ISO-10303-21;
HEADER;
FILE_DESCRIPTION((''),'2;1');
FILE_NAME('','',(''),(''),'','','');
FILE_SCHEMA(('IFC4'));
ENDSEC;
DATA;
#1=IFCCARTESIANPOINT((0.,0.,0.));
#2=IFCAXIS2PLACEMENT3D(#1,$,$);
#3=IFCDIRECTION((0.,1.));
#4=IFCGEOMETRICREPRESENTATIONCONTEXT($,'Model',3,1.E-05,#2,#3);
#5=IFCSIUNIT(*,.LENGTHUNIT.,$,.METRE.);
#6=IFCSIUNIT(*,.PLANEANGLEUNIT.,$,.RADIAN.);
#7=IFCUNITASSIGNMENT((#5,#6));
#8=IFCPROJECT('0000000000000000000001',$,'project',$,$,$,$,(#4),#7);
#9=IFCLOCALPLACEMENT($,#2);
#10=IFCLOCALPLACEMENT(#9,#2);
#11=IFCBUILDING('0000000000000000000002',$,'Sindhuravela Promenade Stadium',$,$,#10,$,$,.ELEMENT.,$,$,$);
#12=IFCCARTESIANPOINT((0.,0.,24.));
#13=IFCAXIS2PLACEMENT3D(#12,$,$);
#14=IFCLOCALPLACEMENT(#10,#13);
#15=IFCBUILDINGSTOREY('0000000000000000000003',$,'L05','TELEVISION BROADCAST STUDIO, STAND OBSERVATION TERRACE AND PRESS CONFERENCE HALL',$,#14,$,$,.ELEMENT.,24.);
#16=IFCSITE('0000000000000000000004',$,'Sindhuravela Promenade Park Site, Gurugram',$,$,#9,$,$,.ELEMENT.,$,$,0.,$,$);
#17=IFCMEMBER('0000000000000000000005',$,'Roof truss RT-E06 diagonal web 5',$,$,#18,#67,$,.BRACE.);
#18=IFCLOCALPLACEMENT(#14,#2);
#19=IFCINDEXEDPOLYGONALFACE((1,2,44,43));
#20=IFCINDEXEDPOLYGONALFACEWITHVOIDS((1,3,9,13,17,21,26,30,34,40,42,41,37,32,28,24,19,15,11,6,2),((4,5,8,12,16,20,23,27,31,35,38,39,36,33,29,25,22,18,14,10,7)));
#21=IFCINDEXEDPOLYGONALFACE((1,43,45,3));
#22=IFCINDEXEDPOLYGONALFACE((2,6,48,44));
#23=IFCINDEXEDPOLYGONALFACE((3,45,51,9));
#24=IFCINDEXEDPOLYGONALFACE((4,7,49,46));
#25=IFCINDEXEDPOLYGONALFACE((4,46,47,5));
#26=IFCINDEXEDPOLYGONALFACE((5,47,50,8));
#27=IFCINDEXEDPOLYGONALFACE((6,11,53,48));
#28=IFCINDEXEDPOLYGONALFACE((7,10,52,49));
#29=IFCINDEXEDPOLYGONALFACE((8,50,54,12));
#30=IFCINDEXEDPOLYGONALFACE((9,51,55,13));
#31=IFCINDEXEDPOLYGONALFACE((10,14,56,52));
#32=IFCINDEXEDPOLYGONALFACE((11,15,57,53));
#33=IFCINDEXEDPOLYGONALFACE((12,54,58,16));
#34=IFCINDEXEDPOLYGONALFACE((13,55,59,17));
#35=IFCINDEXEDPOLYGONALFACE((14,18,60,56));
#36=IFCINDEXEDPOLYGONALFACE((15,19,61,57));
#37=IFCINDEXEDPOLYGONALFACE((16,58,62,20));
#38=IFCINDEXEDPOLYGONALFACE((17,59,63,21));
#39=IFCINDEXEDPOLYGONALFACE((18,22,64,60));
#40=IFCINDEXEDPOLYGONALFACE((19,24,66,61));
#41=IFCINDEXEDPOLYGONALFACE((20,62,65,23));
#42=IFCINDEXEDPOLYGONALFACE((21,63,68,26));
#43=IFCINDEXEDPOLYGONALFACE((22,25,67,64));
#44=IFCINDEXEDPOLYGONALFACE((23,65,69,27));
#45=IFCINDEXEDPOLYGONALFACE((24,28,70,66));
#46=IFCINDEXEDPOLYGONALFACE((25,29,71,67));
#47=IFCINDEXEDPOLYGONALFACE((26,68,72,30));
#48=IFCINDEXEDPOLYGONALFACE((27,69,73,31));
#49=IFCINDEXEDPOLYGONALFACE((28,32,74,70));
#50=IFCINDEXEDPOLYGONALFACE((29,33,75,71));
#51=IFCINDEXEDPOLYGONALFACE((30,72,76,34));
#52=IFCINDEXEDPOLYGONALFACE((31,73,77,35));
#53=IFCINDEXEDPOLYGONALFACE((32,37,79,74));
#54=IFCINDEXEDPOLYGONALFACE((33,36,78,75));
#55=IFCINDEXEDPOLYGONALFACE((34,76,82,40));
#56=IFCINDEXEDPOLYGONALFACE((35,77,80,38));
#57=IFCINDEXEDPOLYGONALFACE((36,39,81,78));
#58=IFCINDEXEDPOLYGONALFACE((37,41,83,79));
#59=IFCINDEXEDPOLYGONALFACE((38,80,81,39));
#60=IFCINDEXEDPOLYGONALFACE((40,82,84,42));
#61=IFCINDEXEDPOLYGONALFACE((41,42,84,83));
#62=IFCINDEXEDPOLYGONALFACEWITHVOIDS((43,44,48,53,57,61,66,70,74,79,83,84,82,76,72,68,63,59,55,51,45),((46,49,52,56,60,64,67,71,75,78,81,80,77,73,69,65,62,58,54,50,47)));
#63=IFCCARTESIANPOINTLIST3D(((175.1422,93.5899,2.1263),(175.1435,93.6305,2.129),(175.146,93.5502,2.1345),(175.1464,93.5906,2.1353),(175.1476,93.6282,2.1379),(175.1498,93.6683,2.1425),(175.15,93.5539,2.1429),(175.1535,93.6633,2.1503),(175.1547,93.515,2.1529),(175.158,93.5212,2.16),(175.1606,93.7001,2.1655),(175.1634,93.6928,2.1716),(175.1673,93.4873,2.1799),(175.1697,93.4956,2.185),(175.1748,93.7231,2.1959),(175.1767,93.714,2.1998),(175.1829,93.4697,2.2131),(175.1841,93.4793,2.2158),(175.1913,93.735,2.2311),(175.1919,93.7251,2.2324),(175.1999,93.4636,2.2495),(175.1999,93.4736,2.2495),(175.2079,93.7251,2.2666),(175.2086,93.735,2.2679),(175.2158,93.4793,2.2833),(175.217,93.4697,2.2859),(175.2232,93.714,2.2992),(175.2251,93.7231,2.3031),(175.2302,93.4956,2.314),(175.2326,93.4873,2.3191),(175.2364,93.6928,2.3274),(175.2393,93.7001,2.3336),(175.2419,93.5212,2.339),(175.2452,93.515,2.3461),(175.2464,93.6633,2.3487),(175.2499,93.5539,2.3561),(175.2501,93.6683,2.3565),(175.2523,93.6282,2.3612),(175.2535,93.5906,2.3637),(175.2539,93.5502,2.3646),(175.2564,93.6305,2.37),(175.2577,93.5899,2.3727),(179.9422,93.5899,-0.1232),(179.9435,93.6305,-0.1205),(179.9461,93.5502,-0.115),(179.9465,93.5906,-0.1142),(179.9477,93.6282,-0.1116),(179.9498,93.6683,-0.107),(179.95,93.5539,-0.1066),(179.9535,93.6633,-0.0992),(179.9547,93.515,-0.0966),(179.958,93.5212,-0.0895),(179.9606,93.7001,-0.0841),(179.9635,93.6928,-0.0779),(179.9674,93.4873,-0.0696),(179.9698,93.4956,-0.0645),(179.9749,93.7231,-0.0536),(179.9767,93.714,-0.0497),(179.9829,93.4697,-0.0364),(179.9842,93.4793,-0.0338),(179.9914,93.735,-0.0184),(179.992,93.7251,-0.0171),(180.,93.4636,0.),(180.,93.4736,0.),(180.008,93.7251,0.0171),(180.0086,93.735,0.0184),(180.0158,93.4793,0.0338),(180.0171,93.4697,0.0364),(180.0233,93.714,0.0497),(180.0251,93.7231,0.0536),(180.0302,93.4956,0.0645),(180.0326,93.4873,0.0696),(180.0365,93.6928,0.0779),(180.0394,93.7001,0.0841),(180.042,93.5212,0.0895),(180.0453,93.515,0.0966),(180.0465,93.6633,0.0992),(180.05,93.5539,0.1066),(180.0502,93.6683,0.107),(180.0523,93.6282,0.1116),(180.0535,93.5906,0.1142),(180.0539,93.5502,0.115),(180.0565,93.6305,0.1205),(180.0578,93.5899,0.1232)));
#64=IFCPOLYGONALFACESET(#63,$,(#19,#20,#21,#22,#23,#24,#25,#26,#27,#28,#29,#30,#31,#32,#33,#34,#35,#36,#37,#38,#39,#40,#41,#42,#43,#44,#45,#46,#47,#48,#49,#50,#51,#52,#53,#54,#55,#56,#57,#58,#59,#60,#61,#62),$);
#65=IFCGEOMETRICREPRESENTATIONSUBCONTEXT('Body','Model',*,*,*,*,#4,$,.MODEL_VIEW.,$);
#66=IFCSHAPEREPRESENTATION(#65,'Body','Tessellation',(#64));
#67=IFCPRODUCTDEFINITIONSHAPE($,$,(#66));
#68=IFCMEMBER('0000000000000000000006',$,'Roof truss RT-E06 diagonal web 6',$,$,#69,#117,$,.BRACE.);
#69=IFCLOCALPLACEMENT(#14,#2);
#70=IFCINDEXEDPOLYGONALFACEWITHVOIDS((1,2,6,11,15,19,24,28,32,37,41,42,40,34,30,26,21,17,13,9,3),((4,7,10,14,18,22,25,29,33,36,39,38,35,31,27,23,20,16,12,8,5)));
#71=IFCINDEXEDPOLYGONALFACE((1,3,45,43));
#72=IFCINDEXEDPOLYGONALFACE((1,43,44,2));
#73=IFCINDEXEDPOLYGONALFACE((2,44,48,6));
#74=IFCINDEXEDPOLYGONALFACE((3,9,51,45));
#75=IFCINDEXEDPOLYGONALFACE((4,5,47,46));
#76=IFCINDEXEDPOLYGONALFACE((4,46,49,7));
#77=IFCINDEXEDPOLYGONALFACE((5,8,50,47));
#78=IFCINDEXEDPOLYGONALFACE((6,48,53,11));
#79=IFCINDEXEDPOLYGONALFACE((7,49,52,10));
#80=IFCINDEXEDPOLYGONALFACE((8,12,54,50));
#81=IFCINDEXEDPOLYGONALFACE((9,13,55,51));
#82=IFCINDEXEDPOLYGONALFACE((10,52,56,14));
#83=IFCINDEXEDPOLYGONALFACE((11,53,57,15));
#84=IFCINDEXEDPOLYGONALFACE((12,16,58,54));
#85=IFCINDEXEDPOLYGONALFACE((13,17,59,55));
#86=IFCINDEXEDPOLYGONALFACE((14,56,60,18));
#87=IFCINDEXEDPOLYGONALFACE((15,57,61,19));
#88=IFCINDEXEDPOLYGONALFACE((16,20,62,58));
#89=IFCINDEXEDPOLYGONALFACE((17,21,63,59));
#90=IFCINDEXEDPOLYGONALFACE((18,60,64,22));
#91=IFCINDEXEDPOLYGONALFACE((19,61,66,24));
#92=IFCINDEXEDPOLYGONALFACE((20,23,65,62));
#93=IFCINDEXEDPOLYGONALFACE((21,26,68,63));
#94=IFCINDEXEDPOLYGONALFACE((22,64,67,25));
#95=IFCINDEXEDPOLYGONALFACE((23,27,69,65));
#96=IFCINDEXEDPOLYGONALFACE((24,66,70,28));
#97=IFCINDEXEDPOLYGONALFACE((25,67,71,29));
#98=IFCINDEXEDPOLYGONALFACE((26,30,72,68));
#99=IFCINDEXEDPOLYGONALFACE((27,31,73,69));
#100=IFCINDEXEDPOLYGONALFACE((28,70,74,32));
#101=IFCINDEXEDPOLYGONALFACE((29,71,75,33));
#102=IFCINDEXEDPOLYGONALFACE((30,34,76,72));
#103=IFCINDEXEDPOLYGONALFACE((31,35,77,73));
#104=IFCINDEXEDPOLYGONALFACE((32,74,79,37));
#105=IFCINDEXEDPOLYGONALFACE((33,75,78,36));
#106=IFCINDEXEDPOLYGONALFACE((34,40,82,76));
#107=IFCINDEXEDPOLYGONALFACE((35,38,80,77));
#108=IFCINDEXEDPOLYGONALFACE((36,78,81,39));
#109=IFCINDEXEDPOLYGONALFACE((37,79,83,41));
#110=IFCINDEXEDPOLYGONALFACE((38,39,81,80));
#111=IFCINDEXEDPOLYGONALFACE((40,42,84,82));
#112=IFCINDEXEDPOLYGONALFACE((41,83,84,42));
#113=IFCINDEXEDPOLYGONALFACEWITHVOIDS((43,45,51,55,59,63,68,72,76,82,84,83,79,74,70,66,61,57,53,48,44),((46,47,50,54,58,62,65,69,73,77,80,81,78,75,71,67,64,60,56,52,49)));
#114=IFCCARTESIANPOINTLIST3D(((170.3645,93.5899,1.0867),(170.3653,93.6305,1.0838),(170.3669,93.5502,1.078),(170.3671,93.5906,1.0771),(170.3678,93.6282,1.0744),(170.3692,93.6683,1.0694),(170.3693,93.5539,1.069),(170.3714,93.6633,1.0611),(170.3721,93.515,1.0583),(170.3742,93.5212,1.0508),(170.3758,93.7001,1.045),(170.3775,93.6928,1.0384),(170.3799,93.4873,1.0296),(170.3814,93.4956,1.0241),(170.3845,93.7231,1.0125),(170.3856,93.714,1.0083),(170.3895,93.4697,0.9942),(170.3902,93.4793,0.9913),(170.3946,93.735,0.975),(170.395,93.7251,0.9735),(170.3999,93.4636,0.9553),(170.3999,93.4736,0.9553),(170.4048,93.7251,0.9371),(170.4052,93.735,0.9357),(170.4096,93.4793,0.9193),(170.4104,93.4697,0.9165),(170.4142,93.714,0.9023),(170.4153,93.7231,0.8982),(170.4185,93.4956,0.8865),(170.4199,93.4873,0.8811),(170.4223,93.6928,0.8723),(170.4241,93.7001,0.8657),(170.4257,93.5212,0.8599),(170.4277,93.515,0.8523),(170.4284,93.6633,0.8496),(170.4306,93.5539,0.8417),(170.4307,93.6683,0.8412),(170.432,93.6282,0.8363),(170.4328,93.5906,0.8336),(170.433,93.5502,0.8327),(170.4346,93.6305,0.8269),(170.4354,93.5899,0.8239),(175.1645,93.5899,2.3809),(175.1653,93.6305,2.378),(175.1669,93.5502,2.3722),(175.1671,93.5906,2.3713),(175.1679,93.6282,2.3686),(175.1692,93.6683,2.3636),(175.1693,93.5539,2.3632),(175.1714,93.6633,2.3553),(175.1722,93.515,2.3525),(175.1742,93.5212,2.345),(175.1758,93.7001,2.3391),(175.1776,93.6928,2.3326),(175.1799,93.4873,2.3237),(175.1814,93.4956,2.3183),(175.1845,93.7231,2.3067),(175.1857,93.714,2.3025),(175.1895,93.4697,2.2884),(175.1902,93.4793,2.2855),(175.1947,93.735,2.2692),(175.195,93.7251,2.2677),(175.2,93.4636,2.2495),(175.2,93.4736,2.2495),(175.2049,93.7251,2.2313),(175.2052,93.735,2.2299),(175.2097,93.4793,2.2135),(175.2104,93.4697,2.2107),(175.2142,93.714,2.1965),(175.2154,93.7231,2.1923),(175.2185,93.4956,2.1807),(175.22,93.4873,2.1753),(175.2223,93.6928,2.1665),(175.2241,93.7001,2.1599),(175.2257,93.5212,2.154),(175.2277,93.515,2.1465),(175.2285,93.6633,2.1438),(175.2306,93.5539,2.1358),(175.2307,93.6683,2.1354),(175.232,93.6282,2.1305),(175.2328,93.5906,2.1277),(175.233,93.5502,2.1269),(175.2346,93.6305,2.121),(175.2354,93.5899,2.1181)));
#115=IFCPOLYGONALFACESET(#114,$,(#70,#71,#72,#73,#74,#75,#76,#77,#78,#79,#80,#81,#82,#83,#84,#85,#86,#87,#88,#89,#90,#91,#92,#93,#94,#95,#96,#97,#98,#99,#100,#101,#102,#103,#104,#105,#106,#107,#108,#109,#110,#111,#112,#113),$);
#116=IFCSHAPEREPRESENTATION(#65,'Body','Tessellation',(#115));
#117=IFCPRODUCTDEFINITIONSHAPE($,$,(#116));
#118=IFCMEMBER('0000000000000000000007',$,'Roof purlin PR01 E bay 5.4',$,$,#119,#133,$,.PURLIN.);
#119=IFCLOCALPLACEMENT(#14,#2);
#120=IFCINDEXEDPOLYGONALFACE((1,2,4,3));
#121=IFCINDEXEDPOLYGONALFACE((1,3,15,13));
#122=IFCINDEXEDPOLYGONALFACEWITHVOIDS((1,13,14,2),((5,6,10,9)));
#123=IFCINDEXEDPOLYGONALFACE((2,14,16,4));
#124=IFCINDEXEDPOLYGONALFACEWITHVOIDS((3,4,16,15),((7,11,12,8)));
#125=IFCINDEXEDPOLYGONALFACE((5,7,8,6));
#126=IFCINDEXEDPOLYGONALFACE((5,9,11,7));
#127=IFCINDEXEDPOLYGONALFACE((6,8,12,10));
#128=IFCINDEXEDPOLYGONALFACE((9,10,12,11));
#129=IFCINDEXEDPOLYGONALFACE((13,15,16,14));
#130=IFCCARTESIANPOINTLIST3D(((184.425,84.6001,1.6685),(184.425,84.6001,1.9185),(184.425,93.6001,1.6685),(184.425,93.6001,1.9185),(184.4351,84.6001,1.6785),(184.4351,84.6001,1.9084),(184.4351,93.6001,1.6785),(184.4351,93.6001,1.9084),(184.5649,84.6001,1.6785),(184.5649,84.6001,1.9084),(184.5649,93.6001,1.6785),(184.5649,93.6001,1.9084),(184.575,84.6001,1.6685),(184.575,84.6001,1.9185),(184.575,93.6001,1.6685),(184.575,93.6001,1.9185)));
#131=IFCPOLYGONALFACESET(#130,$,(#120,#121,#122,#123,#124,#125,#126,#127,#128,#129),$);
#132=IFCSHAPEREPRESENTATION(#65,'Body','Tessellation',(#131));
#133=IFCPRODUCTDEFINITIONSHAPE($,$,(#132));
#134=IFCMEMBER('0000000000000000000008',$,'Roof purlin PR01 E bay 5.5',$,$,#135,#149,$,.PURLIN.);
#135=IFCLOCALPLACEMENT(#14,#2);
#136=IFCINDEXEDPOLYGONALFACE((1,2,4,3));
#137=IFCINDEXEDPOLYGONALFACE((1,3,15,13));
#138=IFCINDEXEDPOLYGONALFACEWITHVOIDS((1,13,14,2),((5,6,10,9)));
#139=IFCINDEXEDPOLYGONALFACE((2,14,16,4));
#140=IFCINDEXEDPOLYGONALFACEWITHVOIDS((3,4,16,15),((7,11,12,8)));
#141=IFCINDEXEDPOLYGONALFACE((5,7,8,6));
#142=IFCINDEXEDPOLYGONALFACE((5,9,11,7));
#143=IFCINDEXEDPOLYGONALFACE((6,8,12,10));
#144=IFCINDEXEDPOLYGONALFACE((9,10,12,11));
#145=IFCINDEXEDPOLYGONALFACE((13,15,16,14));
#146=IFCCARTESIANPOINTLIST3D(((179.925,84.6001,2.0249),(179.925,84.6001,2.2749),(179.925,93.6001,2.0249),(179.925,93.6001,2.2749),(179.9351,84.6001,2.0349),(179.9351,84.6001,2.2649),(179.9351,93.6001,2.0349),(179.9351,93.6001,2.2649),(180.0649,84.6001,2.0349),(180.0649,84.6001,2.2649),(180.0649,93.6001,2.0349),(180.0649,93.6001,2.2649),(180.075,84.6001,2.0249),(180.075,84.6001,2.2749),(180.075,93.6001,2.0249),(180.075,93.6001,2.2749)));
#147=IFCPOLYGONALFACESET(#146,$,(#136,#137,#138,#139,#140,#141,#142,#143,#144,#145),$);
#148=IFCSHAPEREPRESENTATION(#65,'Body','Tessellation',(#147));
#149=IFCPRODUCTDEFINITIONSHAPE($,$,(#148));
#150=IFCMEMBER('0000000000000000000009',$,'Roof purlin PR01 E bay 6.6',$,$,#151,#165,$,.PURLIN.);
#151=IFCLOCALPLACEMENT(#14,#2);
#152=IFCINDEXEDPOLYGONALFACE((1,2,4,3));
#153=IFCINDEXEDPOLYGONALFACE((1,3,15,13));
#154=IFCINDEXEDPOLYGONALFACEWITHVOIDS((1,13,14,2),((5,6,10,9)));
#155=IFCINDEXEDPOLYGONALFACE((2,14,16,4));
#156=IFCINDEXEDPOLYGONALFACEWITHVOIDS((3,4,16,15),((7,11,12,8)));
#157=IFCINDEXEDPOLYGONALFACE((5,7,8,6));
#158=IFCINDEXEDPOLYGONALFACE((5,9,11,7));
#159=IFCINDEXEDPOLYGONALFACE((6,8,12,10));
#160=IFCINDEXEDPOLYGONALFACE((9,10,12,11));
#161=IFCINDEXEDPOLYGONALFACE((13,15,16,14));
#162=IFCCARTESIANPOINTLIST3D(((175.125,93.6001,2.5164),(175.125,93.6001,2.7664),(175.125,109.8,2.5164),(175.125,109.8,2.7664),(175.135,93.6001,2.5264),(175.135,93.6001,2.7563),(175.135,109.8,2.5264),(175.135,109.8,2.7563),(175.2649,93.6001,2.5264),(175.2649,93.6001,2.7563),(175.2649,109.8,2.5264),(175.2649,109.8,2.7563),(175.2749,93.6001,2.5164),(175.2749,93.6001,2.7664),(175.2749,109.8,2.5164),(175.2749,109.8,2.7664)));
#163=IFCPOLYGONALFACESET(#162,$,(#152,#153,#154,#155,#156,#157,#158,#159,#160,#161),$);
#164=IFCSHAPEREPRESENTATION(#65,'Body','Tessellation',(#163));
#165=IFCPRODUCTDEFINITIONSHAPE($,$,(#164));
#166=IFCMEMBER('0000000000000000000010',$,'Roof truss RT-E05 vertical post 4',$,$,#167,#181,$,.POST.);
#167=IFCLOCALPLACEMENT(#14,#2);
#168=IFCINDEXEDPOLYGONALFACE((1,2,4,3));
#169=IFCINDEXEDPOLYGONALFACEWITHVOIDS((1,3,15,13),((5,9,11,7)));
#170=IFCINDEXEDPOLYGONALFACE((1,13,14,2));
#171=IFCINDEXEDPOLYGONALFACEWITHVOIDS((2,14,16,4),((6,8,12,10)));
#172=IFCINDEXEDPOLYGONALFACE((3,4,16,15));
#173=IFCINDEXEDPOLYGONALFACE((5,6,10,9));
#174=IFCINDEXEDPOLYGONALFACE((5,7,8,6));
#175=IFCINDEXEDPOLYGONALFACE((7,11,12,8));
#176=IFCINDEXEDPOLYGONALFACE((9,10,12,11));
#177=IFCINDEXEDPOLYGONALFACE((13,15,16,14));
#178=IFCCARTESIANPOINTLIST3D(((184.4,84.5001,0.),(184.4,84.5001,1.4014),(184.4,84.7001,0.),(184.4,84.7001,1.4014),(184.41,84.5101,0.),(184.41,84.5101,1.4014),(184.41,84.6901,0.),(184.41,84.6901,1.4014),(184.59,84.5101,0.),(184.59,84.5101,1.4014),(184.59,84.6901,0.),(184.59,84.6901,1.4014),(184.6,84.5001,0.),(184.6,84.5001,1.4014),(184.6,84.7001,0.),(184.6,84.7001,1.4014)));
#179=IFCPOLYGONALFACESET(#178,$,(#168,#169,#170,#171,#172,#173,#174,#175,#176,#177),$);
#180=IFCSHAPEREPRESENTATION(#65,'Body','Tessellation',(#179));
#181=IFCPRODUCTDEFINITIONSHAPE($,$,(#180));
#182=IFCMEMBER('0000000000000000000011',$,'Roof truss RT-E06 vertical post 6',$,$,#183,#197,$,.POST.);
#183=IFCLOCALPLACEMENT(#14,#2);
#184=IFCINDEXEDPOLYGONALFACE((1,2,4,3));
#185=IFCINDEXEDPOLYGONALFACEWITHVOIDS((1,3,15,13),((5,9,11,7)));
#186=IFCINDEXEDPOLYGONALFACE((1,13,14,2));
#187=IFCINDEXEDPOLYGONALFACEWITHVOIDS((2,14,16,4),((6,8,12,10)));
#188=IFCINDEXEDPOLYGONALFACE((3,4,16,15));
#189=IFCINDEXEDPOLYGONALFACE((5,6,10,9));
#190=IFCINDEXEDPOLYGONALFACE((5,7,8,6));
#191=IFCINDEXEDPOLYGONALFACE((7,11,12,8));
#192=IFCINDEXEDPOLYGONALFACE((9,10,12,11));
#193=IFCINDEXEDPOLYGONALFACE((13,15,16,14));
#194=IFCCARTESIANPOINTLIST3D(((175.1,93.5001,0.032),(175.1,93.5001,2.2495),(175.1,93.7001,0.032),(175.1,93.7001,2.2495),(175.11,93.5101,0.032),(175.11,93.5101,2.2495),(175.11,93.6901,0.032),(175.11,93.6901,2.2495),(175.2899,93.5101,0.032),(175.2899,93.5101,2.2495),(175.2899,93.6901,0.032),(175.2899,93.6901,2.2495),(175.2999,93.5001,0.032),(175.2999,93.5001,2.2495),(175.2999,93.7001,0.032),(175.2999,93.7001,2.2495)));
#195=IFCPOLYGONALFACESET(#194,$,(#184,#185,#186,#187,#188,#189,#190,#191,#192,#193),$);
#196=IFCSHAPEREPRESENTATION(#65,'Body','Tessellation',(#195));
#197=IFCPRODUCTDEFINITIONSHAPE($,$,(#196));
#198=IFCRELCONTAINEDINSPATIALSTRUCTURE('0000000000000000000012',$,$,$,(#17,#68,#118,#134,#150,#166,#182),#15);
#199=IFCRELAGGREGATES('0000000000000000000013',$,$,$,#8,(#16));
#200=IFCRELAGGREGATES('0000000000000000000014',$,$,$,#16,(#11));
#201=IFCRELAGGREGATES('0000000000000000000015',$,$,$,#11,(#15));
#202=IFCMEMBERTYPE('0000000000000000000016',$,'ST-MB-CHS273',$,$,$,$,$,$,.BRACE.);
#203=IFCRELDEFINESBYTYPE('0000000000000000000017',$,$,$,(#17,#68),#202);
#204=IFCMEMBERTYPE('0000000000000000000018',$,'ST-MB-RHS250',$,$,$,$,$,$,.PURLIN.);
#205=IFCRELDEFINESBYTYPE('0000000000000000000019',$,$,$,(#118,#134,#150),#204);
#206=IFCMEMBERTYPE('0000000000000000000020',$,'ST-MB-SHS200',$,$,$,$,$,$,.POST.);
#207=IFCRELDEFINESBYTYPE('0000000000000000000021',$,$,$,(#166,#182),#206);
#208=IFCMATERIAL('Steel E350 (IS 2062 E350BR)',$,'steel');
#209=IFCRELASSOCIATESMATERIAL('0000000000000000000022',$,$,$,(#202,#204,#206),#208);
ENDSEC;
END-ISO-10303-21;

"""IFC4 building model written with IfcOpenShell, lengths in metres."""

from ifc_helpers import new_model, si_unit, direction, frame, origin, origin_2d, place, context, subcontext, project, spatial, hollow_rectangle, hollow_circle, extrude, material, material_profile, profile_set, type_object, element, save


model = new_model("IFC4")

# Units and contexts
model_context = context("Model", 3, precision=1e-05, world=origin(), true_north=direction((0.0, 1.0)))
body_context = subcontext(model_context, "Body", "Model", "MODEL_VIEW")
ifc_project = project(units=[si_unit("LENGTHUNIT", "METRE"), si_unit("PLANEANGLEUNIT", "RADIAN")], contexts=[model_context])

# Site, building, storey
site_placement = place(None, origin())
site = spatial("IfcSite", under=ifc_project, at=site_placement, Name="Sindhuravela Promenade Park Site, Gurugram", CompositionType="ELEMENT", RefElevation=0.0)
building_placement = place(site_placement, origin())
building = spatial("IfcBuilding", under=site, at=building_placement, Name="Sindhuravela Promenade Stadium", CompositionType="ELEMENT")
storey_placement = place(building_placement, frame((0.0, 0.0, 24.0)))
storey = spatial("IfcBuildingStorey", under=building, at=storey_placement, Name="L05", Description="TELEVISION BROADCAST STUDIO, STAND OBSERVATION TERRACE AND PRESS CONFERENCE HALL", CompositionType="ELEMENT", Elevation=24.0)

# Shared definitions
ifc_material_1 = material(Name="Steel E350 (IS 2062 E350BR)", Category="steel")

# Members
ifc_material_profile_1 = material_profile(ifc_material_1, hollow_circle(Radius=0.1365, WallThickness=0.01, at=origin_2d()), Name="CHS 273.0x10")
ifc_profile_set_1 = profile_set([ifc_material_profile_1], Name="Steel E350 (IS 2062 E350BR)")
member_type_1 = type_object("IfcMemberType", Name="ST-MB-CHS273", PredefinedType="BRACE", material=ifc_profile_set_1)
for number, where, z_axis, x_axis, name in (
    (1, (180.0, 93.6001, 0.0), (-0.905496, 0.0, 0.424355), (0.0, -1.0, 0.0), "Roof truss RT-E06 diagonal web 5"),
):
    element("IfcMember", number, at=place(storey_placement, frame(where, z_axis=z_axis, x_axis=x_axis)), inside=storey, type_object=member_type_1, Name=name, PredefinedType="BRACE", context=body_context, shape_type="SweptSolid", body=[
        extrude(hollow_circle(Radius=0.1365, WallThickness=0.01, at=origin_2d()), origin(), (0.0, 0.0, 1.0), 5.301),
    ])
member_1_placement = place(storey_placement, frame((175.2, 93.6001, 2.2495), z_axis=(-0.965521, 0.0, -0.260324), x_axis=(0.0, -1.0, 0.0)))
element("IfcMember", 2, at=member_1_placement, inside=storey, type_object=member_type_1, Name="Roof truss RT-E06 diagonal web 6", PredefinedType="BRACE", context=body_context, shape_type="SweptSolid", body=[
    extrude(hollow_circle(Radius=0.1365, WallThickness=0.01, at=origin_2d()), origin(), (0.0, 0.0, 1.0), 4.9714),
])
ifc_material_profile_2 = material_profile(ifc_material_1, hollow_rectangle(XDim=0.1499, YDim=0.25, WallThickness=0.01, at=origin_2d()), Name="RHS 250x150x10")
ifc_profile_set_2 = profile_set([ifc_material_profile_2], Name="Steel E350 (IS 2062 E350BR)")
member_type_2 = type_object("IfcMemberType", Name="ST-MB-RHS250", PredefinedType="PURLIN", material=ifc_profile_set_2)
for number, where, z_axis, x_axis, name in (
    (3, (184.5, 84.6001, 1.7935), (0.0, 1.0, 0.0), (-1.0, 0.0, 0.0), "Roof purlin PR01 E bay 5.4"),
    (4, (180.0, 84.6001, 2.1499), (0.0, 1.0, 0.0), (-1.0, 0.0, 0.0), "Roof purlin PR01 E bay 5.5"),
):
    element("IfcMember", number, at=place(storey_placement, frame(where, z_axis=z_axis, x_axis=x_axis)), inside=storey, type_object=member_type_2, Name=name, PredefinedType="PURLIN", context=body_context, shape_type="SweptSolid", body=[
        extrude(hollow_rectangle(XDim=0.1499, YDim=0.25, WallThickness=0.01, at=origin_2d()), origin(), (0.0, 0.0, 1.0), 9.0),
    ])
member_2_placement = place(storey_placement, frame((175.2, 93.6001, 2.6414), z_axis=(0.0, 1.0, 0.0), x_axis=(-1.0, 0.0, 0.0)))
element("IfcMember", 5, at=member_2_placement, inside=storey, type_object=member_type_2, Name="Roof purlin PR01 E bay 6.6", PredefinedType="PURLIN", context=body_context, shape_type="SweptSolid", body=[
    extrude(hollow_rectangle(XDim=0.1499, YDim=0.25, WallThickness=0.01, at=origin_2d()), origin(), (0.0, 0.0, 1.0), 16.2),
])
ifc_material_profile_3 = material_profile(ifc_material_1, hollow_rectangle(XDim=0.2, YDim=0.2, WallThickness=0.01, at=origin_2d()), Name="SHS 200x200x10")
ifc_profile_set_3 = profile_set([ifc_material_profile_3], Name="Steel E350 (IS 2062 E350BR)")
member_type_3 = type_object("IfcMemberType", Name="ST-MB-SHS200", PredefinedType="POST", material=ifc_profile_set_3)
member_3_placement = place(storey_placement, frame((184.5, 84.6001, 0.0), z_axis=(0.0, 0.0, 1.0), x_axis=(1.0, 0.0, 0.0)))
element("IfcMember", 6, at=member_3_placement, inside=storey, type_object=member_type_3, Name="Roof truss RT-E05 vertical post 4", PredefinedType="POST", context=body_context, shape_type="SweptSolid", body=[
    extrude(hollow_rectangle(XDim=0.2, YDim=0.2, WallThickness=0.01, at=origin_2d()), origin(), (0.0, 0.0, 1.0), 1.4014),
])
member_4_placement = place(storey_placement, frame((175.2, 93.6001, 0.032), z_axis=(0.0, 0.0, 1.0), x_axis=(1.0, 0.0, 0.0)))
element("IfcMember", 7, at=member_4_placement, inside=storey, type_object=member_type_3, Name="Roof truss RT-E06 vertical post 6", PredefinedType="POST", context=body_context, shape_type="SweptSolid", body=[
    extrude(hollow_rectangle(XDim=0.2, YDim=0.2, WallThickness=0.01, at=origin_2d()), origin(), (0.0, 0.0, 1.0), 2.2175),
])

save(model, "model.ifc")
